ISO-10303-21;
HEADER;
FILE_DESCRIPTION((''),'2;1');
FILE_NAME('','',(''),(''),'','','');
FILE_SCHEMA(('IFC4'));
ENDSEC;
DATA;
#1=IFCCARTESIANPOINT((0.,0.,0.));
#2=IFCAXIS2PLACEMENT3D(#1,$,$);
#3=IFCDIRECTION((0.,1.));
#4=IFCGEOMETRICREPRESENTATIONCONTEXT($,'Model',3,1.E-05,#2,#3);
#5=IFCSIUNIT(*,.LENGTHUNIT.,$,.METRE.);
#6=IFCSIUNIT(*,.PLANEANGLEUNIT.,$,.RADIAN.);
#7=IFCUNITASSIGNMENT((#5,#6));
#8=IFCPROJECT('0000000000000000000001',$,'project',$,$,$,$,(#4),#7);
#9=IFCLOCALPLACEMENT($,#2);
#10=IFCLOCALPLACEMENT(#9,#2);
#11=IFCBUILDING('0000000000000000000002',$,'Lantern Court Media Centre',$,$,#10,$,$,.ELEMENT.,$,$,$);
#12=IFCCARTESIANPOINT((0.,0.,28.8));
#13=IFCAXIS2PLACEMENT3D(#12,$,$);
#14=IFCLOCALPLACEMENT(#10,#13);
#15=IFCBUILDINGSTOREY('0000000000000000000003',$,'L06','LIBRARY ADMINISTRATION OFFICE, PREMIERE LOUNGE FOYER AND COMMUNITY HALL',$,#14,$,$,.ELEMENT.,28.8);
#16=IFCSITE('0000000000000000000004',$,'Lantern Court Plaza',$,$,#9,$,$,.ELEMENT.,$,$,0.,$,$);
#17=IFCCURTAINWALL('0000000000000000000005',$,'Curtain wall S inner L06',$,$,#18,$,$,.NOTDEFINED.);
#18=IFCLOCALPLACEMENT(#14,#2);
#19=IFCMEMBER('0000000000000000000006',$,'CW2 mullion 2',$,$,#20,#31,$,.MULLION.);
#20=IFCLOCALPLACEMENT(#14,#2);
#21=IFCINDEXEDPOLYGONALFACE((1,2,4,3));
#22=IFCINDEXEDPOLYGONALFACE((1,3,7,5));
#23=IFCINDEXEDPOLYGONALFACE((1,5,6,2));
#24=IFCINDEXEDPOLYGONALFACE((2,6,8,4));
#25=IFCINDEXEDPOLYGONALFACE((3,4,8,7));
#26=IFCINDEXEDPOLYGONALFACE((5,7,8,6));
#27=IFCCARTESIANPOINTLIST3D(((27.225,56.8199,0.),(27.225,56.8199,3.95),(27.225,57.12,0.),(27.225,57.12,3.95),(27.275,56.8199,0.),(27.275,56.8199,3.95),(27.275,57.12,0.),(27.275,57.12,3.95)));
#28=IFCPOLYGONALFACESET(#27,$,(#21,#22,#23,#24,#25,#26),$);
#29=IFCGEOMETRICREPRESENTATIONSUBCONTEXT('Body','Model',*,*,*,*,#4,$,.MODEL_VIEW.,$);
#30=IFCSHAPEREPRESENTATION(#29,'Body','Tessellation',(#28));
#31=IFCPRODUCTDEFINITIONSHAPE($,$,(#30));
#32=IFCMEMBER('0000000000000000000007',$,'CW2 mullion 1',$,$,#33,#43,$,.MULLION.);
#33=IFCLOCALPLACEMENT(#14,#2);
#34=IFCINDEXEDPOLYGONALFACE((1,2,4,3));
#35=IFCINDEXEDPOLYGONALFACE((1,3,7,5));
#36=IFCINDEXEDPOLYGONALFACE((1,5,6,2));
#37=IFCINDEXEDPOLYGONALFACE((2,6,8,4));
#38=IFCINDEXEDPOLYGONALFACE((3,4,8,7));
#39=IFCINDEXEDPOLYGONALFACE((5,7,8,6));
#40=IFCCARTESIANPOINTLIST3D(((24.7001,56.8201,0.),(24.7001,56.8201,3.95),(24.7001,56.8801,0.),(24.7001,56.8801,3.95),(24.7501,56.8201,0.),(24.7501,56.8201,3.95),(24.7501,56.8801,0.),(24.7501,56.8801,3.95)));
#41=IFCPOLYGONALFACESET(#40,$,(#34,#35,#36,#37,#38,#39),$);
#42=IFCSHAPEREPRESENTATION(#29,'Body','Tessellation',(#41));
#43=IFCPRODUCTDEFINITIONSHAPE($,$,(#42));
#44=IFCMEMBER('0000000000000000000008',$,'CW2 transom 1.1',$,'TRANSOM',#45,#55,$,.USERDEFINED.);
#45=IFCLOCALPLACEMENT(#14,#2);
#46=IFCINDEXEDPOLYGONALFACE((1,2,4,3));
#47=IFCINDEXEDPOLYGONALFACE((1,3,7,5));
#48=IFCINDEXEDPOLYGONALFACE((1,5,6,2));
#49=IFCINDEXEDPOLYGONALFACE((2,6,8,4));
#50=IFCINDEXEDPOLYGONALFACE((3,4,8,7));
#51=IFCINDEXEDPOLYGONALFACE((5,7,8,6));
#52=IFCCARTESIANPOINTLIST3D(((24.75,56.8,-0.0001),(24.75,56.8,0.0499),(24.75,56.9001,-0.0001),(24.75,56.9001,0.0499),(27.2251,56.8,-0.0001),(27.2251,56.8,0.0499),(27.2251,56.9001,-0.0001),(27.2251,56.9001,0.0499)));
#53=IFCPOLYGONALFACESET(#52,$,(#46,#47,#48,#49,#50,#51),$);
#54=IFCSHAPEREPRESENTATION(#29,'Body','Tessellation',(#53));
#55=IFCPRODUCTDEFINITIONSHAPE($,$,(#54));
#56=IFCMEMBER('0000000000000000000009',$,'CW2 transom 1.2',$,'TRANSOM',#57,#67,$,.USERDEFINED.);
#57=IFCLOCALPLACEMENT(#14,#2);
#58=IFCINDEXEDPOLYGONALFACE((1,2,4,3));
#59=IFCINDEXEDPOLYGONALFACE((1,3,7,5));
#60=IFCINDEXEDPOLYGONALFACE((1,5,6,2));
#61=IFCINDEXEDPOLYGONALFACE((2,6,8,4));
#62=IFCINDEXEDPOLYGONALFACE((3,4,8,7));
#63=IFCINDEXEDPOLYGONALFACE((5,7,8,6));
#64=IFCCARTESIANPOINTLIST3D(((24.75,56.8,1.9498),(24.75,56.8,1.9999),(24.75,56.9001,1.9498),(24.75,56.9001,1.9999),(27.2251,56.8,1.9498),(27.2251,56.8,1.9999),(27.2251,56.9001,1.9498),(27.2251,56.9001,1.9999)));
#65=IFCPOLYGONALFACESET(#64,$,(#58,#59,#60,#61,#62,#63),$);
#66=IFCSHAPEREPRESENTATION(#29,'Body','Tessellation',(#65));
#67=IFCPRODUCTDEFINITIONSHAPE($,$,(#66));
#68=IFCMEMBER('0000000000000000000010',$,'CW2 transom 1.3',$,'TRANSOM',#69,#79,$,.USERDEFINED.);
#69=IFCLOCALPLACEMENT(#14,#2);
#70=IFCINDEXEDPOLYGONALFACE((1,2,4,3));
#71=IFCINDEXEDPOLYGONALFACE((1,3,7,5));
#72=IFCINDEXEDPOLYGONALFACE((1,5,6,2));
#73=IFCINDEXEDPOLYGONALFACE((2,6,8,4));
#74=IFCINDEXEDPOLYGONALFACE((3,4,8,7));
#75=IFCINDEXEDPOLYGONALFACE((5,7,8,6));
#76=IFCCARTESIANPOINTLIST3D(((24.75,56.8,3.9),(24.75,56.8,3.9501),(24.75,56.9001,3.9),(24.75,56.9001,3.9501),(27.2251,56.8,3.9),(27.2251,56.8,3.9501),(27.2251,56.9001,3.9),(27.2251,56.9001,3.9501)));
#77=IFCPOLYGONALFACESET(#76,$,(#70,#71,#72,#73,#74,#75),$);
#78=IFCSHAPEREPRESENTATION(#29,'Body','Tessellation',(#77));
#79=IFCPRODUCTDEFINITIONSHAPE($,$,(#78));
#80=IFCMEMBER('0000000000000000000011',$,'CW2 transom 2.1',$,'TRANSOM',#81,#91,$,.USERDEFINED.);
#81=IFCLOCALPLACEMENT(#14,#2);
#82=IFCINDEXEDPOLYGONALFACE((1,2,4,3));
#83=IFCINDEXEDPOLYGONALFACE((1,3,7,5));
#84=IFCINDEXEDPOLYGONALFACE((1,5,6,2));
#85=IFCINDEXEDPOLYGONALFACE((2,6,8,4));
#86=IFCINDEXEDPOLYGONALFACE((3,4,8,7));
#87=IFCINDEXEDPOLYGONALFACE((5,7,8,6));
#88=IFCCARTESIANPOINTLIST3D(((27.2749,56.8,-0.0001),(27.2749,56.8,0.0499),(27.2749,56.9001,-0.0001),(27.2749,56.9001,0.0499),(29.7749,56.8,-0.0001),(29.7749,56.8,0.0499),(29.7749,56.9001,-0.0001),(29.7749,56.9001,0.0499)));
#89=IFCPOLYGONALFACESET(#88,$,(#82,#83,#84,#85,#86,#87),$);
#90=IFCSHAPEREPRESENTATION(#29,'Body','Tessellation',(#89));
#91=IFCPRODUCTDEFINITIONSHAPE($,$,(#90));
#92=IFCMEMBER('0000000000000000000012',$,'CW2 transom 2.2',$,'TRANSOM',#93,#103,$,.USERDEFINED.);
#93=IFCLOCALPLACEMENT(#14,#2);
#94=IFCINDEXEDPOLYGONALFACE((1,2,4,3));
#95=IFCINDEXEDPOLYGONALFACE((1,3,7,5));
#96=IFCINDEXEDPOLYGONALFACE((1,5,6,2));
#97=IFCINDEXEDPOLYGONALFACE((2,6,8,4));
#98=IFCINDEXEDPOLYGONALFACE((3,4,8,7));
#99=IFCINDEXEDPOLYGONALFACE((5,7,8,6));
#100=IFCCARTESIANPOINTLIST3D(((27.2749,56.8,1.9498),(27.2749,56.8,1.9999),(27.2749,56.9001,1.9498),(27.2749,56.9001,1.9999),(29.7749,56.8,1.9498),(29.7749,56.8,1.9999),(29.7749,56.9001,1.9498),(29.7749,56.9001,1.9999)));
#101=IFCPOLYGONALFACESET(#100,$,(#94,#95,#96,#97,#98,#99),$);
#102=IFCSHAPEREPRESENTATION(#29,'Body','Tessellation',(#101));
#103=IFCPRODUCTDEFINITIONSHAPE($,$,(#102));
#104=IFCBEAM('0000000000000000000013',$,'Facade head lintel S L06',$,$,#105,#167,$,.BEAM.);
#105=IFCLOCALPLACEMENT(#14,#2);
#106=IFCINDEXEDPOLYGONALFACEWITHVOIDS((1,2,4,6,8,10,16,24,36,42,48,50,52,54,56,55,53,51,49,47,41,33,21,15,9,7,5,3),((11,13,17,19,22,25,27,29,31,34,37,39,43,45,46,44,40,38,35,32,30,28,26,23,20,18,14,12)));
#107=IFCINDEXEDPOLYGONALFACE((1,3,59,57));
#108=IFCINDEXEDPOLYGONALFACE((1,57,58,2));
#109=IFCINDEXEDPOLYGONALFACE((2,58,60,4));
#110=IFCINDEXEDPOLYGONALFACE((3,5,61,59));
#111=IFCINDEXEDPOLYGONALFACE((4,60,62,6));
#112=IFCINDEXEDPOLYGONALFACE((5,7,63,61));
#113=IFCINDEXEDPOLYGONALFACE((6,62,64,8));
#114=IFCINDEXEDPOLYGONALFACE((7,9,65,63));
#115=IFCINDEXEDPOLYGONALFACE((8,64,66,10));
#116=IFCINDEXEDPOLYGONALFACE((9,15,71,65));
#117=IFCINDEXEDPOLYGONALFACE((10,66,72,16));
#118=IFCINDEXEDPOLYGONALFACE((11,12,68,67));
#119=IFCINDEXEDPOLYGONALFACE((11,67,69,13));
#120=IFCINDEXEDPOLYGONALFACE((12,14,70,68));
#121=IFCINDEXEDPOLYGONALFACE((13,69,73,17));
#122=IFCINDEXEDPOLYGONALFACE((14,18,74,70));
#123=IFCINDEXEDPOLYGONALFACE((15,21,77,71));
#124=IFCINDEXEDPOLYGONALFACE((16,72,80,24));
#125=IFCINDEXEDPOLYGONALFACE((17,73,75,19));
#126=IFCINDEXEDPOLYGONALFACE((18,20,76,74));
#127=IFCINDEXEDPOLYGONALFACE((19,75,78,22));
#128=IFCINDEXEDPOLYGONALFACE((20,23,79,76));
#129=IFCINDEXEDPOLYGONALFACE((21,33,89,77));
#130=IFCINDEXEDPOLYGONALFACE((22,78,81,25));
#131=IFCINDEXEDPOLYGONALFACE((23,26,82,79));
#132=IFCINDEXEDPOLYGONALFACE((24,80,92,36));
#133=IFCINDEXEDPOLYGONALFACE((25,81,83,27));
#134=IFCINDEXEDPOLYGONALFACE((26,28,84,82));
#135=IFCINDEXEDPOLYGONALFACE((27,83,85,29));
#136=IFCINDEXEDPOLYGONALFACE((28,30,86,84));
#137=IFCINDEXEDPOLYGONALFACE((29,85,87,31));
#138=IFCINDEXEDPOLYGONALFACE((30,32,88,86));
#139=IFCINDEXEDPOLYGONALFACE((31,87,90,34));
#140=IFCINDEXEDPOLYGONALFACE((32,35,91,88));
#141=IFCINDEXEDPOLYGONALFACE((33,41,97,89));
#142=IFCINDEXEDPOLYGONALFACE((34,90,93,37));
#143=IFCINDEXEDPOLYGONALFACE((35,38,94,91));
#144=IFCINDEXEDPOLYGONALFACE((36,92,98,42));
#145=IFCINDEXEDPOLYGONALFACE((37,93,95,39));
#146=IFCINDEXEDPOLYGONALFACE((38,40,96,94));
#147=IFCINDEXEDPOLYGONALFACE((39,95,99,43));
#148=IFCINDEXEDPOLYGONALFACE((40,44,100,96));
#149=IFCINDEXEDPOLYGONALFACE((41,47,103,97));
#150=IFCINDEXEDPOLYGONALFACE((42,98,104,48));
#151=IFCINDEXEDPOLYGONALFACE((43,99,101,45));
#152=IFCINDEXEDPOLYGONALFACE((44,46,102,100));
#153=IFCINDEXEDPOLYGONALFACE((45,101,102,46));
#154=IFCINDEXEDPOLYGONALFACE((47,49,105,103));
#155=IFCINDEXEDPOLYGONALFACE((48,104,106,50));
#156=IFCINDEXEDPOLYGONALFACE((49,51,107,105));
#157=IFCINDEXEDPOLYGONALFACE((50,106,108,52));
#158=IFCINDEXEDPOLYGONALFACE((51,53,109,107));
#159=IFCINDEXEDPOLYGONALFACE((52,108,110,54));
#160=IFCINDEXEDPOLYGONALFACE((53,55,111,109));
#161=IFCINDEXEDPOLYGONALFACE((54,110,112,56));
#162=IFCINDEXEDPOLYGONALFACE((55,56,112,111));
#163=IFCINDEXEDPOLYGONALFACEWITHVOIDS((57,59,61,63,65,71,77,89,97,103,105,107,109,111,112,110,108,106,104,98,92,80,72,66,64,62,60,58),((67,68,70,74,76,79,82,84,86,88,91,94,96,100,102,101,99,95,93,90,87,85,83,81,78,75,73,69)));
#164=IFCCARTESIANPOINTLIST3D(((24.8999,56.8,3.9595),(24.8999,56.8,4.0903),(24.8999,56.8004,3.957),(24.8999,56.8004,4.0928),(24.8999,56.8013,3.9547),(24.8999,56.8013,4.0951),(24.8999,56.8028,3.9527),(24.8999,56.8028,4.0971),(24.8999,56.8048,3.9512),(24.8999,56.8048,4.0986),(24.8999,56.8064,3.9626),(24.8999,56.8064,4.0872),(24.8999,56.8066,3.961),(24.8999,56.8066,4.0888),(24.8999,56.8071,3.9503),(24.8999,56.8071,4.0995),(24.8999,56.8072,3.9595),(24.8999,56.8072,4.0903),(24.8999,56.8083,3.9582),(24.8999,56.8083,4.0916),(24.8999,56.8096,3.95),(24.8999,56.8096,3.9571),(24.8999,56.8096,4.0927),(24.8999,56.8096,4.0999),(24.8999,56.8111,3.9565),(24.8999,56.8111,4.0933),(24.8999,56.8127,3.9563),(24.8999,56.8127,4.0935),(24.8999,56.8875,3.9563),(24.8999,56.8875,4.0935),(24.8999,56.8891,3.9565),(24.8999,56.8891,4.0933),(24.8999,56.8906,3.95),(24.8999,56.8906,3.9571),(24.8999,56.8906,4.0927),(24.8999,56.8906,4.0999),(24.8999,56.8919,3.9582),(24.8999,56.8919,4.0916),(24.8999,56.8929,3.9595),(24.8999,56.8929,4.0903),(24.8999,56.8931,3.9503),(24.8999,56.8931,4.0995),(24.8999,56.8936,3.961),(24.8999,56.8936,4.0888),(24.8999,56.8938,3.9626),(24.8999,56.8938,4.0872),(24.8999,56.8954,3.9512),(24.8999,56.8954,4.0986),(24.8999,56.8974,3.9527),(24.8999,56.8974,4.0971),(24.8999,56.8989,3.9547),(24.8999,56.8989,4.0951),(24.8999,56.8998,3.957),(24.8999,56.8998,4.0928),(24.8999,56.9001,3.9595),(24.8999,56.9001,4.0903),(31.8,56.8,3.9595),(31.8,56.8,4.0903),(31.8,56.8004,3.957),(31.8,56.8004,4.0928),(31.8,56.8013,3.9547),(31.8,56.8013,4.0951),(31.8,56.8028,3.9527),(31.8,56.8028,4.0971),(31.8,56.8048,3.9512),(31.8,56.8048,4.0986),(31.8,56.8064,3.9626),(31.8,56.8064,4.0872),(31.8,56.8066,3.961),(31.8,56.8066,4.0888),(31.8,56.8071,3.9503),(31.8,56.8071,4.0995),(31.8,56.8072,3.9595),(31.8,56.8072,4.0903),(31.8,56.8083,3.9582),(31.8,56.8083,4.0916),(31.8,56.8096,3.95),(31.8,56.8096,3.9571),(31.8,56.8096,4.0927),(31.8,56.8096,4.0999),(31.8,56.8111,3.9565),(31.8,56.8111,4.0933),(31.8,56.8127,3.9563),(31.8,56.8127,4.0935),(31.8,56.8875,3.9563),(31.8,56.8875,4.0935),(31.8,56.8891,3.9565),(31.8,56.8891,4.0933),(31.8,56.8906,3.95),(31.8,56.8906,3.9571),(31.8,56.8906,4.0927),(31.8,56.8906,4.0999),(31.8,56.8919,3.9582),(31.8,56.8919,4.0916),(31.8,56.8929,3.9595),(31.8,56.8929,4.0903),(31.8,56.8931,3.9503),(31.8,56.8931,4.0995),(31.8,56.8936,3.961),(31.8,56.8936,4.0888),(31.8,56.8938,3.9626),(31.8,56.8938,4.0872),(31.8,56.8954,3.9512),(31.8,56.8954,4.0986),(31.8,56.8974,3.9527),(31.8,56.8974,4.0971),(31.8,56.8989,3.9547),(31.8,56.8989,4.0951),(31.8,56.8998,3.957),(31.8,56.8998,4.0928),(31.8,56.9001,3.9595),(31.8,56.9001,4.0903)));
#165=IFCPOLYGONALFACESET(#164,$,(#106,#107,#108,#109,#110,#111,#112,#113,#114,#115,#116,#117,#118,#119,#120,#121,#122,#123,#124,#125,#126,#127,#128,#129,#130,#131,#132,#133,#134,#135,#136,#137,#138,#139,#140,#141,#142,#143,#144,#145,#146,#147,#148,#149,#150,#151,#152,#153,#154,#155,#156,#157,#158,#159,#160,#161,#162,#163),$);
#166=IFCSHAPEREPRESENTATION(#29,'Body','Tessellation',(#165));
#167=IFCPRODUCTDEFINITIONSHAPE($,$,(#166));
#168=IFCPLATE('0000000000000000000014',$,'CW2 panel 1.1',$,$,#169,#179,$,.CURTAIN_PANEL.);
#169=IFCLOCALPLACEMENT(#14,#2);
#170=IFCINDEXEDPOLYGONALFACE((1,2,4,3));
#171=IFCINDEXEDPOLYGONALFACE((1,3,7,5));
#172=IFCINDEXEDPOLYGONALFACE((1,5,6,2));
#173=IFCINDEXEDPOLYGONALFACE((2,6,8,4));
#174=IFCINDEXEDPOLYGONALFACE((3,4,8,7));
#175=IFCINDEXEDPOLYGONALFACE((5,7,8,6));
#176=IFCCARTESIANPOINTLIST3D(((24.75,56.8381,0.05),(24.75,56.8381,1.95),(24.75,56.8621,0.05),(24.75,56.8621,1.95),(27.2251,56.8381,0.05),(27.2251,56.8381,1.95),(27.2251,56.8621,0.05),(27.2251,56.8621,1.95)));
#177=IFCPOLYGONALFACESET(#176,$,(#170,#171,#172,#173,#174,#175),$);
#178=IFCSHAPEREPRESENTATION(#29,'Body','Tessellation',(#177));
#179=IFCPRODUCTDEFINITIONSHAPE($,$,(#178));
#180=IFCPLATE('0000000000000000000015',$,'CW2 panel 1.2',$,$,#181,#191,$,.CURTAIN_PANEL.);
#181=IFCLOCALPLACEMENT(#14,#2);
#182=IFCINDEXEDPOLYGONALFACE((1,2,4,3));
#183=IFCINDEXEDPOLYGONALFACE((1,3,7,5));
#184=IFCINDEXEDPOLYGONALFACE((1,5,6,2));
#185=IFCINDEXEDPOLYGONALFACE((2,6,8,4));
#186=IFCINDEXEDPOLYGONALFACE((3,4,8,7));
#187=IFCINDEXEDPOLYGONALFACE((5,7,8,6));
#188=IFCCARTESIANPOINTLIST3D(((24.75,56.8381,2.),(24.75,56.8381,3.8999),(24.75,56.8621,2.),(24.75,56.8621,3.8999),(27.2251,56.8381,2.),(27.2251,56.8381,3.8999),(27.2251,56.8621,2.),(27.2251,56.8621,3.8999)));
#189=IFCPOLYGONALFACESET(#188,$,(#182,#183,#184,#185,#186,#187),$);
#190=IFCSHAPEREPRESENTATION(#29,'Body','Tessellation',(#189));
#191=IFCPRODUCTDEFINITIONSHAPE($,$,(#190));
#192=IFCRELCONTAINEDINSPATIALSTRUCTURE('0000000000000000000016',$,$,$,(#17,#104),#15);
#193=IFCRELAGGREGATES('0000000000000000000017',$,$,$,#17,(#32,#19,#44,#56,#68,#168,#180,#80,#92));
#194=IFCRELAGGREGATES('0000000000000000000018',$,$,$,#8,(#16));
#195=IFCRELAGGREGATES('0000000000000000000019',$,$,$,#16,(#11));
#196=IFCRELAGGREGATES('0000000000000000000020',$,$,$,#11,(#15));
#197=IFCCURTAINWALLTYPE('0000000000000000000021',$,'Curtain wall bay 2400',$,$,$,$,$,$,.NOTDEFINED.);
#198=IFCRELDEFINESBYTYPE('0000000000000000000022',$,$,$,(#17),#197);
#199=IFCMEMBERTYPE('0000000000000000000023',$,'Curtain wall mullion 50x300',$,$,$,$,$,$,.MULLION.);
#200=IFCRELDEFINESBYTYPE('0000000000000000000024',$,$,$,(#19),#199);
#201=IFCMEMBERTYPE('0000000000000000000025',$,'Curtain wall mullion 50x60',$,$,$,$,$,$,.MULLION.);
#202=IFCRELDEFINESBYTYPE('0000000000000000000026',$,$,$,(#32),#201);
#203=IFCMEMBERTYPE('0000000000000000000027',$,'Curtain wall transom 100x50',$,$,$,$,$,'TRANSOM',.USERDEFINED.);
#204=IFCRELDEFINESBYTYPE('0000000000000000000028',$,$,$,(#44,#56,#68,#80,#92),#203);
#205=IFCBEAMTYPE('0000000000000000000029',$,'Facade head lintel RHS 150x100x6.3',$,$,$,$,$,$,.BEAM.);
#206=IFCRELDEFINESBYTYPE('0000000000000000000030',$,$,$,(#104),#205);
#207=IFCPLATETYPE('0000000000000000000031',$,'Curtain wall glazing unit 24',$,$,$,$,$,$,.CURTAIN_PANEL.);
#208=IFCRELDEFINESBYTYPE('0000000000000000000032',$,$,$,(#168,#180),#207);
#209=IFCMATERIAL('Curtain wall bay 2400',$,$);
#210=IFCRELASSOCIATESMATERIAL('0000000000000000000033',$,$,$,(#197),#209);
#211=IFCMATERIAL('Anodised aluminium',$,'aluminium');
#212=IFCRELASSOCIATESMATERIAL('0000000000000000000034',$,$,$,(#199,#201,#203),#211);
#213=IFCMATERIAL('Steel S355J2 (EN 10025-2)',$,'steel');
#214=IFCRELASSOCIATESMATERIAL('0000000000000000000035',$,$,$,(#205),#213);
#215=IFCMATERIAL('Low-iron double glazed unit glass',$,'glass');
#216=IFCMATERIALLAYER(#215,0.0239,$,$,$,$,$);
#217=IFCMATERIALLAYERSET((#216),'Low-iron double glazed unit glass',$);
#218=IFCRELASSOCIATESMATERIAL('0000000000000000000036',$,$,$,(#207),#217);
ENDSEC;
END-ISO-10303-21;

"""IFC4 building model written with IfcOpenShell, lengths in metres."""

from ifc_helpers import new_model, si_unit, direction, frame, origin, origin_2d, place, context, subcontext, project, spatial, rectangle, hollow_rectangle, extrude, material, layer, layer_set, material_profile, profile_set, type_object, element, aggregate, save


model = new_model("IFC4")

# Units and contexts
model_context = context("Model", 3, precision=1e-05, world=origin(), true_north=direction((0.0, 1.0)))
body_context = subcontext(model_context, "Body", "Model", "MODEL_VIEW")
ifc_project = project(units=[si_unit("LENGTHUNIT", "METRE"), si_unit("PLANEANGLEUNIT", "RADIAN")], contexts=[model_context])

# Site, building, storey
site_placement = place(None, origin())
site = spatial("IfcSite", under=ifc_project, at=site_placement, Name="Lantern Court Plaza", CompositionType="ELEMENT", RefElevation=0.0)
building_placement = place(site_placement, origin())
building = spatial("IfcBuilding", under=site, at=building_placement, Name="Lantern Court Media Centre", CompositionType="ELEMENT")
storey_placement = place(building_placement, frame((0.0, 0.0, 28.8)))
storey = spatial("IfcBuildingStorey", under=building, at=storey_placement, Name="L06", Description="LIBRARY ADMINISTRATION OFFICE, PREMIERE LOUNGE FOYER AND COMMUNITY HALL", CompositionType="ELEMENT", Elevation=28.8)

# Curtain wall, members
ifc_material_1 = material(Name="Curtain wall bay 2400")
curtain_wall_type = type_object("IfcCurtainWallType", Name="Curtain wall bay 2400", PredefinedType="NOTDEFINED", material=ifc_material_1)
curtain_wall_placement = place(storey_placement, origin())
curtain_wall = element("IfcCurtainWall", 1, at=curtain_wall_placement, inside=storey, type_object=curtain_wall_type, Name="Curtain wall S inner L06", PredefinedType="NOTDEFINED")
ifc_material_2 = material(Name="Anodised aluminium", Category="aluminium")
ifc_material_profile_1 = material_profile(ifc_material_2, rectangle(XDim=0.3, YDim=0.05, at=origin_2d()), Name="AL 50x300")
ifc_profile_set_1 = profile_set([ifc_material_profile_1], Name="Anodised aluminium")
member_type_1 = type_object("IfcMemberType", Name="Curtain wall mullion 50x300", PredefinedType="MULLION", material=ifc_profile_set_1)
member_1_placement = place(storey_placement, frame((27.25, 56.97, 0.0), z_axis=(0.0, 0.0, 1.0), x_axis=(0.0, 1.0, 0.0)))
member_1 = element("IfcMember", 2, at=member_1_placement, type_object=member_type_1, Name="CW2 mullion 2", PredefinedType="MULLION", context=body_context, shape_type="SweptSolid", body=[
    extrude(rectangle(XDim=0.3, YDim=0.05, at=origin_2d()), origin(), (0.0, 0.0, 1.0), 3.95),
])
ifc_material_profile_2 = material_profile(ifc_material_2, rectangle(XDim=0.0601, YDim=0.05, at=origin_2d()), Name="AL 50x60")
ifc_profile_set_2 = profile_set([ifc_material_profile_2], Name="Anodised aluminium")
member_type_2 = type_object("IfcMemberType", Name="Curtain wall mullion 50x60", PredefinedType="MULLION", material=ifc_profile_set_2)
member_2_placement = place(storey_placement, frame((24.7251, 56.8501, 0.0), z_axis=(0.0, 0.0, 1.0), x_axis=(0.0, 1.0, 0.0)))
member_2 = element("IfcMember", 3, at=member_2_placement, type_object=member_type_2, Name="CW2 mullion 1", PredefinedType="MULLION", context=body_context, shape_type="SweptSolid", body=[
    extrude(rectangle(XDim=0.0601, YDim=0.05, at=origin_2d()), origin(), (0.0, 0.0, 1.0), 3.95),
])
ifc_material_profile_3 = material_profile(ifc_material_2, rectangle(XDim=0.1001, YDim=0.05, at=origin_2d()), Name="AL 50x100")
ifc_profile_set_3 = profile_set([ifc_material_profile_3], Name="Anodised aluminium")
member_type_3 = type_object("IfcMemberType", Name="Curtain wall transom 100x50", ElementType="TRANSOM", PredefinedType="USERDEFINED", material=ifc_profile_set_3)
member_3_placement = place(storey_placement, frame((24.75, 56.8501, 0.0249), z_axis=(1.0, 0.0, 0.0), x_axis=(0.0, 1.0, 0.0)))
member_3 = element("IfcMember", 4, at=member_3_placement, type_object=member_type_3, Name="CW2 transom 1.1", ObjectType="TRANSOM", PredefinedType="USERDEFINED", context=body_context, shape_type="SweptSolid", body=[
    extrude(rectangle(XDim=0.1001, YDim=0.05, at=origin_2d()), origin(), (0.0, 0.0, 1.0), 2.4751),
])
member_4_placement = place(storey_placement, frame((24.75, 56.8501, 1.9749), z_axis=(1.0, 0.0, 0.0), x_axis=(0.0, 1.0, 0.0)))
member_4 = element("IfcMember", 5, at=member_4_placement, type_object=member_type_3, Name="CW2 transom 1.2", ObjectType="TRANSOM", PredefinedType="USERDEFINED", context=body_context, shape_type="SweptSolid", body=[
    extrude(rectangle(XDim=0.1001, YDim=0.05, at=origin_2d()), origin(), (0.0, 0.0, 1.0), 2.4751),
])
member_5_placement = place(storey_placement, frame((24.75, 56.8501, 3.925), z_axis=(1.0, 0.0, 0.0), x_axis=(0.0, 1.0, 0.0)))
member_5 = element("IfcMember", 6, at=member_5_placement, type_object=member_type_3, Name="CW2 transom 1.3", ObjectType="TRANSOM", PredefinedType="USERDEFINED", context=body_context, shape_type="SweptSolid", body=[
    extrude(rectangle(XDim=0.1001, YDim=0.05, at=origin_2d()), origin(), (0.0, 0.0, 1.0), 2.4751),
])
member_6_placement = place(storey_placement, frame((27.2749, 56.8501, 0.0249), z_axis=(1.0, 0.0, 0.0), x_axis=(0.0, 1.0, 0.0)))
member_6 = element("IfcMember", 7, at=member_6_placement, type_object=member_type_3, Name="CW2 transom 2.1", ObjectType="TRANSOM", PredefinedType="USERDEFINED", context=body_context, shape_type="SweptSolid", body=[
    extrude(rectangle(XDim=0.1001, YDim=0.05, at=origin_2d()), origin(), (0.0, 0.0, 1.0), 2.5),
])
member_7_placement = place(storey_placement, frame((27.2749, 56.8501, 1.9749), z_axis=(1.0, 0.0, 0.0), x_axis=(0.0, 1.0, 0.0)))
member_7 = element("IfcMember", 8, at=member_7_placement, type_object=member_type_3, Name="CW2 transom 2.2", ObjectType="TRANSOM", PredefinedType="USERDEFINED", context=body_context, shape_type="SweptSolid", body=[
    extrude(rectangle(XDim=0.1001, YDim=0.05, at=origin_2d()), origin(), (0.0, 0.0, 1.0), 2.5),
])

# Beam
ifc_material_3 = material(Name="Steel S355J2 (EN 10025-2)", Category="steel")
ifc_material_profile_4 = material_profile(ifc_material_3, hollow_rectangle(XDim=0.1001, YDim=0.1499, WallThickness=0.0063, InnerFilletRadius=0.0063, OuterFilletRadius=0.0095, at=origin_2d()), Name="Facade head lintel RHS 150x100x6.3")
ifc_profile_set_4 = profile_set([ifc_material_profile_4], Name="Steel S355J2 (EN 10025-2)")
beam_type = type_object("IfcBeamType", Name="Facade head lintel RHS 150x100x6.3", PredefinedType="BEAM", material=ifc_profile_set_4)
beam_placement = place(storey_placement, frame((24.8999, 56.8501, 4.0249), z_axis=(1.0, 0.0, 0.0), x_axis=(0.0, 1.0, 0.0)))
element("IfcBeam", 9, at=beam_placement, inside=storey, type_object=beam_type, Name="Facade head lintel S L06", PredefinedType="BEAM", context=body_context, shape_type="SweptSolid", body=[
    extrude(hollow_rectangle(XDim=0.1001, YDim=0.1499, WallThickness=0.0063, InnerFilletRadius=0.0063, OuterFilletRadius=0.0095, at=origin_2d()), origin(), (0.0, 0.0, 1.0), 6.9001),
])

# Plates
ifc_material_4 = material(Name="Low-iron double glazed unit glass", Category="glass")
ifc_layer_1 = layer(ifc_material_4, 0.0239)
ifc_layer_set_1 = layer_set([ifc_layer_1], Name="Low-iron double glazed unit glass")
plate_type = type_object("IfcPlateType", Name="Curtain wall glazing unit 24", PredefinedType="CURTAIN_PANEL", material=ifc_layer_set_1)
plate_1_placement = place(storey_placement, frame((25.9875, 56.8501, 0.05), z_axis=(0.0, 0.0, 1.0), x_axis=(1.0, 0.0, 0.0)))
plate_1 = element("IfcPlate", 10, at=plate_1_placement, type_object=plate_type, Name="CW2 panel 1.1", PredefinedType="CURTAIN_PANEL", context=body_context, shape_type="SweptSolid", body=[
    extrude(rectangle(XDim=2.4751, YDim=0.0239, at=origin_2d()), origin(), (0.0, 0.0, 1.0), 1.8999),
])
plate_2_placement = place(storey_placement, frame((25.9875, 56.8501, 2.0), z_axis=(0.0, 0.0, 1.0), x_axis=(1.0, 0.0, 0.0)))
plate_2 = element("IfcPlate", 11, at=plate_2_placement, type_object=plate_type, Name="CW2 panel 1.2", PredefinedType="CURTAIN_PANEL", context=body_context, shape_type="SweptSolid", body=[
    extrude(rectangle(XDim=2.4751, YDim=0.0239, at=origin_2d()), origin(), (0.0, 0.0, 1.0), 1.8999),
])
aggregate(curtain_wall, [member_2, member_1, member_3, member_4, member_5, plate_1, plate_2, member_6, member_7])

save(model, "model.ifc")
